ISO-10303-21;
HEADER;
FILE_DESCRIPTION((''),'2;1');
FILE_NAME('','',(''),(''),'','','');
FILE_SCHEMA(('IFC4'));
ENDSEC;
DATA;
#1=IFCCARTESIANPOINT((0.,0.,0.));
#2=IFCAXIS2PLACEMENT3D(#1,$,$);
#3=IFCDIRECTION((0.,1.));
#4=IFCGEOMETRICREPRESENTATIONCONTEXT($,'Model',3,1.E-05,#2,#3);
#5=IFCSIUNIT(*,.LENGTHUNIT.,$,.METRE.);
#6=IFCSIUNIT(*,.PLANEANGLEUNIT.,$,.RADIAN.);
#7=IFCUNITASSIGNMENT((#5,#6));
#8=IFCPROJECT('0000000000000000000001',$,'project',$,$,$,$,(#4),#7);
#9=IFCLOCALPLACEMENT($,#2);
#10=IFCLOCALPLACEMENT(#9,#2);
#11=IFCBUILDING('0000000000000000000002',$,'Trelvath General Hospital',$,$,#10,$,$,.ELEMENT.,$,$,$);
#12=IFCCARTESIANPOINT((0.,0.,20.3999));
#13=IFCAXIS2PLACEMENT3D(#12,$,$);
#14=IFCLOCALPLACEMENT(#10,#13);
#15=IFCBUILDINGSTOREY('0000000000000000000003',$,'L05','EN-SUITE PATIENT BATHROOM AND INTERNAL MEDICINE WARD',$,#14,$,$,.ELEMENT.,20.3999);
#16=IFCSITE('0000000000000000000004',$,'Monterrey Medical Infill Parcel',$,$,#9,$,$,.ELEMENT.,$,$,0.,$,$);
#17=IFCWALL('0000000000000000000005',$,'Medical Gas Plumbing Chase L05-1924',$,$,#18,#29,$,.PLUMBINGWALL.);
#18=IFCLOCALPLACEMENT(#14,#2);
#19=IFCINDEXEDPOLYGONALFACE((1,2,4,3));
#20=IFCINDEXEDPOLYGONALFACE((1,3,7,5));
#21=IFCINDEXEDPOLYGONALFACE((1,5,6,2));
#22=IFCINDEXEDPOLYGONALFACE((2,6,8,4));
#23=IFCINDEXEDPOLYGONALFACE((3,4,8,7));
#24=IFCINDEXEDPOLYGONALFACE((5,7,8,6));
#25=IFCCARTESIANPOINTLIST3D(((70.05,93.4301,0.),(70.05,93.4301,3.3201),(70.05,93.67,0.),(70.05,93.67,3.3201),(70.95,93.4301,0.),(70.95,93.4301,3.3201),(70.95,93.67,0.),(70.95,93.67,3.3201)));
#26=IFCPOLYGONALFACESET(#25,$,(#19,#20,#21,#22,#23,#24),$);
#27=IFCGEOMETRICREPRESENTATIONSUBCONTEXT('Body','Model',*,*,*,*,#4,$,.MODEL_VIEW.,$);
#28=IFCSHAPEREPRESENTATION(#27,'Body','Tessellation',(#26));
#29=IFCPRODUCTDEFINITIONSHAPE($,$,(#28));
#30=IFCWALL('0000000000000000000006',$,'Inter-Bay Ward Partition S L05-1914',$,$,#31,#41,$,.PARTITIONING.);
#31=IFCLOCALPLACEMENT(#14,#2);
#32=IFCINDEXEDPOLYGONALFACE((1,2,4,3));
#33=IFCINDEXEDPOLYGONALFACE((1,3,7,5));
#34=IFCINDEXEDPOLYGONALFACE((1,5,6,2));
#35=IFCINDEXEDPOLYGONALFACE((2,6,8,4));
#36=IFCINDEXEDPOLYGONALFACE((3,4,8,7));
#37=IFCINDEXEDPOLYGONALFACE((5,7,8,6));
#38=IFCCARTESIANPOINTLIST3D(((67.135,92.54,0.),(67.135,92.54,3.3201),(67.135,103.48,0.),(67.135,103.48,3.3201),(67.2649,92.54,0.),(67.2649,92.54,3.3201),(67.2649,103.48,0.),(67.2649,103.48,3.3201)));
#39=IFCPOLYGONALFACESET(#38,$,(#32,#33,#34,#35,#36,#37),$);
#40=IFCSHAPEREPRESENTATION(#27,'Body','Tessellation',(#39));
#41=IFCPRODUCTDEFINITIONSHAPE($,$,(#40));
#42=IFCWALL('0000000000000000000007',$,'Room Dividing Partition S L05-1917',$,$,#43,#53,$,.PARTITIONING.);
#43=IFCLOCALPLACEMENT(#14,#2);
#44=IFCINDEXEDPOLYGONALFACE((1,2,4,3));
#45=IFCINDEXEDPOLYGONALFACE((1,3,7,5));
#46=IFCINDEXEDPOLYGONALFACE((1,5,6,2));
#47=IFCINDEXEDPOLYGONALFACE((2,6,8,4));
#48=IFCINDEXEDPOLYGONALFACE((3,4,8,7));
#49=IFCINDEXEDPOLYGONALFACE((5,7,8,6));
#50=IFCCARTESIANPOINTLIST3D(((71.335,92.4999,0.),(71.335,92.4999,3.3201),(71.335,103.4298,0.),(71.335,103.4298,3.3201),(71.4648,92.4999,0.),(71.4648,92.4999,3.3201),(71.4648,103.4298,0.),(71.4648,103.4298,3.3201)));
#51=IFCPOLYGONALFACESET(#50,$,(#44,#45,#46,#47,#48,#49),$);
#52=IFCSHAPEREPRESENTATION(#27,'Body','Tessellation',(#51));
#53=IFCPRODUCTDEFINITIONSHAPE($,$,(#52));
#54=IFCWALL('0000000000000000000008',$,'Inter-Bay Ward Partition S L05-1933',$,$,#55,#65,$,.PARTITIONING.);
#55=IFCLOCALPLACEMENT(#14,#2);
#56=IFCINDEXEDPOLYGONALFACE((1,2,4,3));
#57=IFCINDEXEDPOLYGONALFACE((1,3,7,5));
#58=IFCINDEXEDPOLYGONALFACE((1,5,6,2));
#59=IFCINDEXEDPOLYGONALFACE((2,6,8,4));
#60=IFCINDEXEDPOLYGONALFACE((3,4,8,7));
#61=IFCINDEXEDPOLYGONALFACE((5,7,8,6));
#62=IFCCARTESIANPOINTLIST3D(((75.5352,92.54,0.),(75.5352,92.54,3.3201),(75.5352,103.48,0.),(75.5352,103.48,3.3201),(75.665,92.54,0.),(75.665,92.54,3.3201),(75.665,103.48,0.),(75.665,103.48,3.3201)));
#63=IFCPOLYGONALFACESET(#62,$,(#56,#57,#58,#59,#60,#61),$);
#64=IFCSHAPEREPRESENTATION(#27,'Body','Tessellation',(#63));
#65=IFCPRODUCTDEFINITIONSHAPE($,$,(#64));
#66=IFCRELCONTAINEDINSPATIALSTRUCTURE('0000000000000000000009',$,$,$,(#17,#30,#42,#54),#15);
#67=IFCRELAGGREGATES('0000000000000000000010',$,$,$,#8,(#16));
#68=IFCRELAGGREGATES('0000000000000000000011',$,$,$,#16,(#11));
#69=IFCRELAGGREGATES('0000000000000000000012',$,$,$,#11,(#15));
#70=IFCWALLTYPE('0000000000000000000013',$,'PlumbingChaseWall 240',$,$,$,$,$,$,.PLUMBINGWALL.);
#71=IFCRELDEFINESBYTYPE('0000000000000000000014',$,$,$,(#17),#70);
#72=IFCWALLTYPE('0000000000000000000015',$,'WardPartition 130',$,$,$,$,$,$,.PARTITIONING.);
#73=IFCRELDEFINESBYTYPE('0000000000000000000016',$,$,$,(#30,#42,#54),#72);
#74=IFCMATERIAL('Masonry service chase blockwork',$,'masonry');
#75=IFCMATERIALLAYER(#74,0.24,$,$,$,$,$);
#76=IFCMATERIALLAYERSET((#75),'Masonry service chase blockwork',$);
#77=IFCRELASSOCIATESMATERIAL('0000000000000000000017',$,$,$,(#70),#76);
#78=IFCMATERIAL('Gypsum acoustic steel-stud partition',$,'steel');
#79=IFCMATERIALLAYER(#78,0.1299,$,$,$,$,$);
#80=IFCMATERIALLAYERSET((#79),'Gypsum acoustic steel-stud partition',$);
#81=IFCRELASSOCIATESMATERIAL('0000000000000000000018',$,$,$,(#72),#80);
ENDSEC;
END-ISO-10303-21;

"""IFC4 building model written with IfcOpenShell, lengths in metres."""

from ifc_helpers import new_model, si_unit, direction, frame, frame_2d, origin, place, context, subcontext, project, spatial, rectangle, extrude, material, layer, layer_set, type_object, element, save


model = new_model("IFC4")

# Units and contexts
model_context = context("Model", 3, precision=1e-05, world=origin(), true_north=direction((0.0, 1.0)))
body_context = subcontext(model_context, "Body", "Model", "MODEL_VIEW")
ifc_project = project(units=[si_unit("LENGTHUNIT", "METRE"), si_unit("PLANEANGLEUNIT", "RADIAN")], contexts=[model_context])

# Site, building, storey
site_placement = place(None, origin())
site = spatial("IfcSite", under=ifc_project, at=site_placement, Name="Monterrey Medical Infill Parcel", CompositionType="ELEMENT", RefElevation=0.0)
building_placement = place(site_placement, origin())
building = spatial("IfcBuilding", under=site, at=building_placement, Name="Trelvath General Hospital", CompositionType="ELEMENT")
storey_placement = place(building_placement, frame((0.0, 0.0, 20.3999)))
storey = spatial("IfcBuildingStorey", under=building, at=storey_placement, Name="L05", Description="EN-SUITE PATIENT BATHROOM AND INTERNAL MEDICINE WARD", CompositionType="ELEMENT", Elevation=20.3999)

# Walls
ifc_material_1 = material(Name="Masonry service chase blockwork", Category="masonry")
ifc_layer_1 = layer(ifc_material_1, 0.24)
ifc_layer_set_1 = layer_set([ifc_layer_1], Name="Masonry service chase blockwork")
wall_type_1 = type_object("IfcWallType", Name="PlumbingChaseWall 240", PredefinedType="PLUMBINGWALL", material=ifc_layer_set_1)
wall_1_placement = place(storey_placement, frame((70.05, 93.55, 0.0), z_axis=(0.0, 0.0, 1.0), x_axis=(1.0, 0.0, 0.0)))
element("IfcWall", 1, at=wall_1_placement, inside=storey, type_object=wall_type_1, Name="Medical Gas Plumbing Chase L05-1924", PredefinedType="PLUMBINGWALL", context=body_context, shape_type="SweptSolid", body=[
    extrude(rectangle(XDim=0.8999, YDim=0.24, at=frame_2d((0.45, 0.0))), origin(), (0.0, 0.0, 1.0), 3.3201),
])
ifc_material_2 = material(Name="Gypsum acoustic steel-stud partition", Category="steel")
ifc_layer_2 = layer(ifc_material_2, 0.1299)
ifc_layer_set_2 = layer_set([ifc_layer_2], Name="Gypsum acoustic steel-stud partition")
wall_type_2 = type_object("IfcWallType", Name="WardPartition 130", PredefinedType="PARTITIONING", material=ifc_layer_set_2)
wall_2_placement = place(storey_placement, frame((67.2, 92.54, 0.0), z_axis=(0.0, 0.0, 1.0), x_axis=(0.0, 1.0, 0.0)))
element("IfcWall", 2, at=wall_2_placement, inside=storey, type_object=wall_type_2, Name="Inter-Bay Ward Partition S L05-1914", PredefinedType="PARTITIONING", context=body_context, shape_type="SweptSolid", body=[
    extrude(rectangle(XDim=10.9399, YDim=0.1299, at=frame_2d((5.47, 0.0))), origin(), (0.0, 0.0, 1.0), 3.3201),
])
wall_3_placement = place(storey_placement, frame((71.3999, 92.5, 0.0), z_axis=(0.0, 0.0, 1.0), x_axis=(0.0, 1.0, 0.0)))
element("IfcWall", 3, at=wall_3_placement, inside=storey, type_object=wall_type_2, Name="Room Dividing Partition S L05-1917", PredefinedType="PARTITIONING", context=body_context, shape_type="SweptSolid", body=[
    extrude(rectangle(XDim=10.9299, YDim=0.1299, at=frame_2d((5.4648, 0.0))), origin(), (0.0, 0.0, 1.0), 3.3201),
])
wall_4_placement = place(storey_placement, frame((75.6001, 92.54, 0.0), z_axis=(0.0, 0.0, 1.0), x_axis=(0.0, 1.0, 0.0)))
element("IfcWall", 4, at=wall_4_placement, inside=storey, type_object=wall_type_2, Name="Inter-Bay Ward Partition S L05-1933", PredefinedType="PARTITIONING", context=body_context, shape_type="SweptSolid", body=[
    extrude(rectangle(XDim=10.9399, YDim=0.1299, at=frame_2d((5.47, 0.0))), origin(), (0.0, 0.0, 1.0), 3.3201),
])

save(model, "model.ifc")
